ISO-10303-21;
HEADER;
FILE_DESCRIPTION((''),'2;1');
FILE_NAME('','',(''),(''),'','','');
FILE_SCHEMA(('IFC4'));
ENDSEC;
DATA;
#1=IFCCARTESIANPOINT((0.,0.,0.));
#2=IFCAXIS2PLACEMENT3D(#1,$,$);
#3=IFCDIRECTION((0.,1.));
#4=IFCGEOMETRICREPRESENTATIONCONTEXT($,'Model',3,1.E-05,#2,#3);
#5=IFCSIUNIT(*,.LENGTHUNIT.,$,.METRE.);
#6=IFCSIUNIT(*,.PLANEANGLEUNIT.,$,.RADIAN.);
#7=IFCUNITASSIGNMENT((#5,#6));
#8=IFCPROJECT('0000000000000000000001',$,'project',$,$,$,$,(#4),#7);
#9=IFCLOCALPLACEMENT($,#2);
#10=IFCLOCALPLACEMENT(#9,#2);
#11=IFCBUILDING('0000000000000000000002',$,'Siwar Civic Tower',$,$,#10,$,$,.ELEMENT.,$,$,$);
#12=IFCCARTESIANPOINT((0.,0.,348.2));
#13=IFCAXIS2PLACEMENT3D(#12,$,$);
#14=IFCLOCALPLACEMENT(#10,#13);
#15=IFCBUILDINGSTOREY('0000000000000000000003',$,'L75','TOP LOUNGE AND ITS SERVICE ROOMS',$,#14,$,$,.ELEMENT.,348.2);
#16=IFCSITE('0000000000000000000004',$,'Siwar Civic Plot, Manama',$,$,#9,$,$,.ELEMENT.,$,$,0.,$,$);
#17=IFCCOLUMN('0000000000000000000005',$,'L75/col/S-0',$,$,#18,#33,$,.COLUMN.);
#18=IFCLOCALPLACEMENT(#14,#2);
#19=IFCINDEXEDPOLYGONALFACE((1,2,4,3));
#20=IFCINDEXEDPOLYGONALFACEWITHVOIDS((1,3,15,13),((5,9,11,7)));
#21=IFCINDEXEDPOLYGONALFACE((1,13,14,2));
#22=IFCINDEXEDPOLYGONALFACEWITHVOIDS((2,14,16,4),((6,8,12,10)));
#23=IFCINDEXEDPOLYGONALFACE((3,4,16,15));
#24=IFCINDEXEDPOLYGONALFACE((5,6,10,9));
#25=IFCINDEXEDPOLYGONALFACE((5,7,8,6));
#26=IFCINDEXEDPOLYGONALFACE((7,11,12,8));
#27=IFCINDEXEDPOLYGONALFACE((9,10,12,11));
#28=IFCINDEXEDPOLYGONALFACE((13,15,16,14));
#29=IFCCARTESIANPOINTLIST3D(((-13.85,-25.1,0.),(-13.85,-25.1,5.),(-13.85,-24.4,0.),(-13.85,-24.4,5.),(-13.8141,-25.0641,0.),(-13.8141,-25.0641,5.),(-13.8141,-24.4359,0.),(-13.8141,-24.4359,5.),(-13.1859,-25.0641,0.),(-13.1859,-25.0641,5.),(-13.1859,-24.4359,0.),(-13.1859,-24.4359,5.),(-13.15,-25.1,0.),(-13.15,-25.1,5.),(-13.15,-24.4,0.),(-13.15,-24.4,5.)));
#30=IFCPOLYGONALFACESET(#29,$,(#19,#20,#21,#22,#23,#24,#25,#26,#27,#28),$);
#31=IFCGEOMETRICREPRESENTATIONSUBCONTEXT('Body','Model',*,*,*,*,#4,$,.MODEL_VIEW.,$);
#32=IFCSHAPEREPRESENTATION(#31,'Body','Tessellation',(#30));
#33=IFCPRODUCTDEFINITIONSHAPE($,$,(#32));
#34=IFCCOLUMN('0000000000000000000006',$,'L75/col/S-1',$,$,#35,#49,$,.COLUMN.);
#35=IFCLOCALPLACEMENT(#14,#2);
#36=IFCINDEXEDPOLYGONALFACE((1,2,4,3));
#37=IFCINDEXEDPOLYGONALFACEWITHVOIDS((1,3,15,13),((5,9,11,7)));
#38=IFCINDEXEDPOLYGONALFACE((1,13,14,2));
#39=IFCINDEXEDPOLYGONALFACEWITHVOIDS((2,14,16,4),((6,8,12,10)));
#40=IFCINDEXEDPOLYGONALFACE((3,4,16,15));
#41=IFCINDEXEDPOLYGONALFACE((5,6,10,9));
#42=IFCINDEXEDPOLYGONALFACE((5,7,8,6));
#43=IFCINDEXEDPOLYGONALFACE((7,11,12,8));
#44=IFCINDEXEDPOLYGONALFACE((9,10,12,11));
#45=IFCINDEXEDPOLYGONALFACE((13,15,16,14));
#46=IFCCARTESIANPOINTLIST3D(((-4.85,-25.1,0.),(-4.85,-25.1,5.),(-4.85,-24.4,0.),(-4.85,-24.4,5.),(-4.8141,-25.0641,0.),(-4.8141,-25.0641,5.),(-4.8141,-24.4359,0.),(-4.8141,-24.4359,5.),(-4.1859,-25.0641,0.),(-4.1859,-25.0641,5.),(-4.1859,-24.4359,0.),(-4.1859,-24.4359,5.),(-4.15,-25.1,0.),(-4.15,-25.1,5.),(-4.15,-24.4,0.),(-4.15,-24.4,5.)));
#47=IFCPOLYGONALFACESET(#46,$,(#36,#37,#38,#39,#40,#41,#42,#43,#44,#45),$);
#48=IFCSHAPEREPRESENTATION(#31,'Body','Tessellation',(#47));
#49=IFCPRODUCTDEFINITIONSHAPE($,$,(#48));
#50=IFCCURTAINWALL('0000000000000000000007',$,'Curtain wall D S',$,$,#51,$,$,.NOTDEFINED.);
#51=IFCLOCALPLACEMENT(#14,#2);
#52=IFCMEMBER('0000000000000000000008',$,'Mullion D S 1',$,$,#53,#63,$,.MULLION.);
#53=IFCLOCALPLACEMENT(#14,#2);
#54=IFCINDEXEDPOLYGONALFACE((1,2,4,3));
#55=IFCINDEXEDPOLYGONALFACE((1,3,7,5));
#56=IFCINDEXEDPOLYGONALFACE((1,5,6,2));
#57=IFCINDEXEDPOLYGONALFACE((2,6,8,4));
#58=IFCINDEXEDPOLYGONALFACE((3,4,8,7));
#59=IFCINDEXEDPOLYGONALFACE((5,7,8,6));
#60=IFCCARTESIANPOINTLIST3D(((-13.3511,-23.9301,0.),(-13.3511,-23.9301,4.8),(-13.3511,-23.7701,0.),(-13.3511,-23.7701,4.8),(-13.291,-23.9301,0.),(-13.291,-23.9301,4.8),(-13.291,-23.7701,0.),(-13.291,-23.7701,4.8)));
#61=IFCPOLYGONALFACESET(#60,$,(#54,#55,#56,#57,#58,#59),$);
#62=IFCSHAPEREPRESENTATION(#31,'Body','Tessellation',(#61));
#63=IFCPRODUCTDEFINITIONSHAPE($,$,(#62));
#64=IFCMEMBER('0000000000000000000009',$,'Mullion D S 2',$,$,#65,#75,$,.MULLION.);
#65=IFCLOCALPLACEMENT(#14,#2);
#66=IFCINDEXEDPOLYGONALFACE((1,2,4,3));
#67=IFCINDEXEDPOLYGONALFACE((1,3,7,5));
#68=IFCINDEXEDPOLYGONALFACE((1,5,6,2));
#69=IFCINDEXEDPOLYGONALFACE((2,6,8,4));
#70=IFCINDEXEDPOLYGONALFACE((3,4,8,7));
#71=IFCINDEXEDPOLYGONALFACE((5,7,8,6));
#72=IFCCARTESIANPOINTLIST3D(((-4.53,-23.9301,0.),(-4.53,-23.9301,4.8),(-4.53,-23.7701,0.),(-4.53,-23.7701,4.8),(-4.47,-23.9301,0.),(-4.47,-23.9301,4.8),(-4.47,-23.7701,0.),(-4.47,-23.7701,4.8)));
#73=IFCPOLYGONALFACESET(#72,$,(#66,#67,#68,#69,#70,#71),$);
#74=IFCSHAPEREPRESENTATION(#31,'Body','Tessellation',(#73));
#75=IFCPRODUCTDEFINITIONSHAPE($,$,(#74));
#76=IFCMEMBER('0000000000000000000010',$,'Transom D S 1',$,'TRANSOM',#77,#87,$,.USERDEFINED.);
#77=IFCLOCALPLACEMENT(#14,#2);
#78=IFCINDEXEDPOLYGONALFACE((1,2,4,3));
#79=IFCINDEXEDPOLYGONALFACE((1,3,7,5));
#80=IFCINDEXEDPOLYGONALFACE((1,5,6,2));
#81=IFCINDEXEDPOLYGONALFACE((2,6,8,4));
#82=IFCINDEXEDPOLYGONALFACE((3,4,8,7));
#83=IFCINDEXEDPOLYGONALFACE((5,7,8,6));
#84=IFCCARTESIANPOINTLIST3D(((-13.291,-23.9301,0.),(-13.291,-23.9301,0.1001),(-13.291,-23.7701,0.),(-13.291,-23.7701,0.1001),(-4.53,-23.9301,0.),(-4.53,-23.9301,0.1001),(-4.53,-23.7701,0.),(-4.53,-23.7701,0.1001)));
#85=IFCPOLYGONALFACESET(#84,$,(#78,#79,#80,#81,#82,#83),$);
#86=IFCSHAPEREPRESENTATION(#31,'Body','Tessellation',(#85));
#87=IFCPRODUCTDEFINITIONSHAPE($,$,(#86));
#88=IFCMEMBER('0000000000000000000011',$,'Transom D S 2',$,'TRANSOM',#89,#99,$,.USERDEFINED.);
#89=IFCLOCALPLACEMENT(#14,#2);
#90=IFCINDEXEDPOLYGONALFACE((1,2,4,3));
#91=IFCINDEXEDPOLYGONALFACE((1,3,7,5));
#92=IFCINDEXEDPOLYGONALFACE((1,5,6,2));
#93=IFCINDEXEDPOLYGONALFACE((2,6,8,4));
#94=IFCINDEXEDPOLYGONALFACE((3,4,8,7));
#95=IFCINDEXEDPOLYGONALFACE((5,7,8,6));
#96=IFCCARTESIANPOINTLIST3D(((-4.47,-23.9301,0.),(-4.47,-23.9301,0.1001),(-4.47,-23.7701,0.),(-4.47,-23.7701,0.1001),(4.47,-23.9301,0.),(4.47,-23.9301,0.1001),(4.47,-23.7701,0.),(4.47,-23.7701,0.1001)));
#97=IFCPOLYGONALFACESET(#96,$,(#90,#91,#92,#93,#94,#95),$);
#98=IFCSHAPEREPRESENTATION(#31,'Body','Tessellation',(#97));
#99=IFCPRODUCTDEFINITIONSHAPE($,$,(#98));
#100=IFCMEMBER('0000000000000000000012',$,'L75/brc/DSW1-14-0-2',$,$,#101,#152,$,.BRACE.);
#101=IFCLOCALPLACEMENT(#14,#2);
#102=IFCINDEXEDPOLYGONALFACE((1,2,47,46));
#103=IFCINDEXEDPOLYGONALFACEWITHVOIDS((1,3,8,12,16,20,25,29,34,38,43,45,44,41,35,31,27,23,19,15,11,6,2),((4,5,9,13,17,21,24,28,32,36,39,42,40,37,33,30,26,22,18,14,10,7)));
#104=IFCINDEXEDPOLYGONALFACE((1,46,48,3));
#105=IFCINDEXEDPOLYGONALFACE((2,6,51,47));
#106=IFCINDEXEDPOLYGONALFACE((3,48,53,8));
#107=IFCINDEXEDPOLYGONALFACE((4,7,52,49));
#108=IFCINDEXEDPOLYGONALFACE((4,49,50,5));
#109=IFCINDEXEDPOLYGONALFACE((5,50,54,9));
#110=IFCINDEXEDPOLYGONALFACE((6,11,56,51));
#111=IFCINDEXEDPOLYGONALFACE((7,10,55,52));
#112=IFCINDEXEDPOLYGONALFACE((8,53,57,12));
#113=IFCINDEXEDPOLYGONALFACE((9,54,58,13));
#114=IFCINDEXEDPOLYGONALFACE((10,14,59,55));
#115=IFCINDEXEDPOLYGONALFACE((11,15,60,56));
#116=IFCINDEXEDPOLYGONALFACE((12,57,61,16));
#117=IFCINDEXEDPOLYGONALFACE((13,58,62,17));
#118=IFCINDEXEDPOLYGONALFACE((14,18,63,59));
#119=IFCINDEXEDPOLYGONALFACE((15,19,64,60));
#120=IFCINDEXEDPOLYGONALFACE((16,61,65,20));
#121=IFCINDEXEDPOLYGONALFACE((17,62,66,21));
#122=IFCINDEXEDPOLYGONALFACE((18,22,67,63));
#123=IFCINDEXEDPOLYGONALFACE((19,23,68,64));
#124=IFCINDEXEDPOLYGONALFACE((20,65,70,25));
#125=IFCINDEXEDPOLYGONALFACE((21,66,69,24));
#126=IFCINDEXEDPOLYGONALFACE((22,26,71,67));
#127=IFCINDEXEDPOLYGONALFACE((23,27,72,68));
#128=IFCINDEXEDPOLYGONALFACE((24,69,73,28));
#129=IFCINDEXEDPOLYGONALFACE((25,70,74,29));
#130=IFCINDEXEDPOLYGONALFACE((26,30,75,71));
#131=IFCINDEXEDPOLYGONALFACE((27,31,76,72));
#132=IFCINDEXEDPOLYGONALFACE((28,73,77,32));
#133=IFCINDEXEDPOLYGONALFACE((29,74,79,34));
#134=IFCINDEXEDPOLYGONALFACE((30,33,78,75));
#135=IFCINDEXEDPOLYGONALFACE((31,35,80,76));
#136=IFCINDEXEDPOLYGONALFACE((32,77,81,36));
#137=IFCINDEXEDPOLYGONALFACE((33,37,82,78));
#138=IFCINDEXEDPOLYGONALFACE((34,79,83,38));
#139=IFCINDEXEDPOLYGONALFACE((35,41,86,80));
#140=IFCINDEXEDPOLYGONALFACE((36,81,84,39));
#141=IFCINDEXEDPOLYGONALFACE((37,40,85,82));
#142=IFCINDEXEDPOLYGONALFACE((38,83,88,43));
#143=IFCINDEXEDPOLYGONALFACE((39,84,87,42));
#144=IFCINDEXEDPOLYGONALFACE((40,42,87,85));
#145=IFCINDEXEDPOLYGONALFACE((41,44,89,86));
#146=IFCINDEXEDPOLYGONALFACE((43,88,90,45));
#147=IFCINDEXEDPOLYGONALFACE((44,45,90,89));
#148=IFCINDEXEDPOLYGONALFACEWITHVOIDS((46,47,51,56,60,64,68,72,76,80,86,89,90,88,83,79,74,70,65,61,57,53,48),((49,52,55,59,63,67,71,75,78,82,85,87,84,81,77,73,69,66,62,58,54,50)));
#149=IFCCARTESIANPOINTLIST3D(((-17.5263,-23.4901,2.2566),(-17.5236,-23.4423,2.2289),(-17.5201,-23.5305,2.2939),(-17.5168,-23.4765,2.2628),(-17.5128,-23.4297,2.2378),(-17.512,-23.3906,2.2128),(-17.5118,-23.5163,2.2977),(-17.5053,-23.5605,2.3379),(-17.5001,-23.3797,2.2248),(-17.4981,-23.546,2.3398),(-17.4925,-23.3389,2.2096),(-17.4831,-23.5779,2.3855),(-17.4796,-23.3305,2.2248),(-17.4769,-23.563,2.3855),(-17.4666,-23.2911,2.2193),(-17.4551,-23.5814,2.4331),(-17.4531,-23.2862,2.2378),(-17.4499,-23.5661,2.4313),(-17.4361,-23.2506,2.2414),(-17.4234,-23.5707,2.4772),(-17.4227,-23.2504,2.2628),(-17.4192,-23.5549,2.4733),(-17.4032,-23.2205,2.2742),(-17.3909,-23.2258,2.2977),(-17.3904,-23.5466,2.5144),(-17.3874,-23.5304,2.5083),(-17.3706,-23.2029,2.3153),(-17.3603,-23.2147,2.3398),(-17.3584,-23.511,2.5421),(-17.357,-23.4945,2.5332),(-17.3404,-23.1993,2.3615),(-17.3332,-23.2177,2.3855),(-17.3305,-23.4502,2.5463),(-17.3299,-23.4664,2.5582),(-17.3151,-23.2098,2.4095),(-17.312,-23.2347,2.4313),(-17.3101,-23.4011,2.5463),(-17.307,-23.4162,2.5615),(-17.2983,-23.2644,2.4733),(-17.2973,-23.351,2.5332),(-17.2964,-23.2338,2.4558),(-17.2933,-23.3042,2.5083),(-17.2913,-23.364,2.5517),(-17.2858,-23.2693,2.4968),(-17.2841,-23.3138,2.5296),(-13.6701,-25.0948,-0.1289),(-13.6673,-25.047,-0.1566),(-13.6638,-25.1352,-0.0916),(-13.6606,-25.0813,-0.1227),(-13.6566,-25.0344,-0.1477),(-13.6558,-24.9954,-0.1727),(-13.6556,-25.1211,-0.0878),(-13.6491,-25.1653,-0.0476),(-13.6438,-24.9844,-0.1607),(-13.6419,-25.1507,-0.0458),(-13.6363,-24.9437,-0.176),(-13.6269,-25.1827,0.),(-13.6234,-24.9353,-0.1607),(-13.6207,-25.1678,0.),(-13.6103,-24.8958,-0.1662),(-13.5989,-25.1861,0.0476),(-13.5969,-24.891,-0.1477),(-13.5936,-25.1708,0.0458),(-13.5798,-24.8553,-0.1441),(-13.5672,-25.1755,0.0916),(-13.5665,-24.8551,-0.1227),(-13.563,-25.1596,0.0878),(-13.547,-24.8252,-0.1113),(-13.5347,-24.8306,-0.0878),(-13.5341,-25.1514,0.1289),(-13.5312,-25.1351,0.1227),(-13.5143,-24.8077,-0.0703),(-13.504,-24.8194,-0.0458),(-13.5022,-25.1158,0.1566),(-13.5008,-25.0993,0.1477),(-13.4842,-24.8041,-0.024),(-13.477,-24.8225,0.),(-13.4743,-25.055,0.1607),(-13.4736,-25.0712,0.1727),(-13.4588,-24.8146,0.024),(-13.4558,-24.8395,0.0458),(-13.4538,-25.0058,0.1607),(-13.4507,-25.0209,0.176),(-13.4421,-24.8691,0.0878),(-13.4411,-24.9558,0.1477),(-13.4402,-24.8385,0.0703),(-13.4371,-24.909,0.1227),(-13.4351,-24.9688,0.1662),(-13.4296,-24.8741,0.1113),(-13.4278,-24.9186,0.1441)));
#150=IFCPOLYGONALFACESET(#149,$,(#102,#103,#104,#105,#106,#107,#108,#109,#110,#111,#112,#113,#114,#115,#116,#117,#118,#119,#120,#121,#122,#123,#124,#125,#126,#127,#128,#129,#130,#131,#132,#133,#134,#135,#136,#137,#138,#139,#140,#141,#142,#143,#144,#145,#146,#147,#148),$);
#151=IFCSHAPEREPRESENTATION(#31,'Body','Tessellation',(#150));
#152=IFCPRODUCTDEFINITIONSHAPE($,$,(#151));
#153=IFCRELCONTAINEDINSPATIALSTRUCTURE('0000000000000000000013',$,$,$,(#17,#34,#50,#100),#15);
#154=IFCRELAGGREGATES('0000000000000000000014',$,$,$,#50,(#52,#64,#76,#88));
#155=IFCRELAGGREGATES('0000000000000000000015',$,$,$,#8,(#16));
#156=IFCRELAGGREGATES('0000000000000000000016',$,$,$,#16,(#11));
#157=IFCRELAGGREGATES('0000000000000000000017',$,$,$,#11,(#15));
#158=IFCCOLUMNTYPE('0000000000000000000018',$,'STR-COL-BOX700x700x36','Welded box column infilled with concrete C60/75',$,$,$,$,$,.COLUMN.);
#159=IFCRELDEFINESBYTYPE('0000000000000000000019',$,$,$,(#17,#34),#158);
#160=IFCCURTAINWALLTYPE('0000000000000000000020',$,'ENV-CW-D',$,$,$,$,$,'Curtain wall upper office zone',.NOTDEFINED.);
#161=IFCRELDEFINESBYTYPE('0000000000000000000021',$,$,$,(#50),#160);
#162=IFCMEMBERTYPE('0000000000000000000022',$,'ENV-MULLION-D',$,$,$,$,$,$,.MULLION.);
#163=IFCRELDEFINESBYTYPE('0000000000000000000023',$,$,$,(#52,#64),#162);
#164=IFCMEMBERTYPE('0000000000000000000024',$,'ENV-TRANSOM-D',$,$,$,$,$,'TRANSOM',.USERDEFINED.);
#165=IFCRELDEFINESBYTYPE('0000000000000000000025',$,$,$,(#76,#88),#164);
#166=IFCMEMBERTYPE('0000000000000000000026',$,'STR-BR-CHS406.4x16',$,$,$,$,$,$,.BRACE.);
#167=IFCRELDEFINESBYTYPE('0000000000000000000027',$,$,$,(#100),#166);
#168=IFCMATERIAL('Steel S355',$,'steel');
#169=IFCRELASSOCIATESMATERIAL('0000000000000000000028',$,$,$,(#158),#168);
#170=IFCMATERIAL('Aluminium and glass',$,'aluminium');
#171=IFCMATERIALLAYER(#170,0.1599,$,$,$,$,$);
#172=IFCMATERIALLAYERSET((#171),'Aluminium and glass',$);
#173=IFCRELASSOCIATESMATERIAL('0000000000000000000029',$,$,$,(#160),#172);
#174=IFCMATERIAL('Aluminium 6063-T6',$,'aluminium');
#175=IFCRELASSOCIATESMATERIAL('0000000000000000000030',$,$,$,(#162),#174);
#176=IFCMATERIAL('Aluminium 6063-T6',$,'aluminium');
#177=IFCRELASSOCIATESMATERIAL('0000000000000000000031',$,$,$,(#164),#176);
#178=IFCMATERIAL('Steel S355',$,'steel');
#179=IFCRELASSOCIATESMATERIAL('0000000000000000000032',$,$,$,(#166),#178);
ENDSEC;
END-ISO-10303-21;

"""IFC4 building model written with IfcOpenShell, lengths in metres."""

from ifc_helpers import new_model, si_unit, direction, frame, origin, origin_2d, place, context, subcontext, project, spatial, rectangle, hollow_rectangle, hollow_circle, extrude, material, layer, layer_set, material_profile, profile_set, type_object, element, aggregate, save


model = new_model("IFC4")

# Units and contexts
model_context = context("Model", 3, precision=1e-05, world=origin(), true_north=direction((0.0, 1.0)))
body_context = subcontext(model_context, "Body", "Model", "MODEL_VIEW")
ifc_project = project(units=[si_unit("LENGTHUNIT", "METRE"), si_unit("PLANEANGLEUNIT", "RADIAN")], contexts=[model_context])

# Site, building, storey
site_placement = place(None, origin())
site = spatial("IfcSite", under=ifc_project, at=site_placement, Name="Siwar Civic Plot, Manama", CompositionType="ELEMENT", RefElevation=0.0)
building_placement = place(site_placement, origin())
building = spatial("IfcBuilding", under=site, at=building_placement, Name="Siwar Civic Tower", CompositionType="ELEMENT")
storey_placement = place(building_placement, frame((0.0, 0.0, 348.2)))
storey = spatial("IfcBuildingStorey", under=building, at=storey_placement, Name="L75", Description="TOP LOUNGE AND ITS SERVICE ROOMS", CompositionType="ELEMENT", Elevation=348.2)

# Columns
ifc_material_1 = material(Name="Steel S355", Category="steel")
ifc_material_profile_1 = material_profile(ifc_material_1, hollow_rectangle(XDim=0.7, YDim=0.7, WallThickness=0.0359, at=origin_2d()), Name="BOX700x700x36")
ifc_profile_set_1 = profile_set([ifc_material_profile_1], Name="Steel S355")
column_type = type_object("IfcColumnType", Name="STR-COL-BOX700x700x36", Description="Welded box column infilled with concrete C60/75", PredefinedType="COLUMN", material=ifc_profile_set_1)
for number, where, z_axis, x_axis, name in (
    (1, (-13.5, -24.75, 0.0), (0.0, 0.0, 1.0), (1.0, 0.0, 0.0), "L75/col/S-0"),
    (2, (-4.5, -24.75, 0.0), (0.0, 0.0, 1.0), (1.0, 0.0, 0.0), "L75/col/S-1"),
):
    element("IfcColumn", number, at=place(storey_placement, frame(where, z_axis=z_axis, x_axis=x_axis)), inside=storey, type_object=column_type, Name=name, PredefinedType="COLUMN", context=body_context, shape_type="SweptSolid", body=[
        extrude(hollow_rectangle(XDim=0.7, YDim=0.7, WallThickness=0.0359, at=origin_2d()), origin(), (0.0, 0.0, 1.0), 5.0),
    ])

# Curtain wall, members
ifc_material_2 = material(Name="Aluminium and glass", Category="aluminium")
ifc_layer_1 = layer(ifc_material_2, 0.1599)
ifc_layer_set_1 = layer_set([ifc_layer_1], Name="Aluminium and glass")
curtain_wall_type = type_object("IfcCurtainWallType", Name="ENV-CW-D", ElementType="Curtain wall upper office zone", PredefinedType="NOTDEFINED", material=ifc_layer_set_1)
curtain_wall_placement = place(storey_placement, origin())
curtain_wall = element("IfcCurtainWall", 3, at=curtain_wall_placement, inside=storey, type_object=curtain_wall_type, Name="Curtain wall D S", PredefinedType="NOTDEFINED")
ifc_material_3 = material(Name="Aluminium 6063-T6", Category="aluminium")
ifc_material_profile_2 = material_profile(ifc_material_3, rectangle(XDim=0.1599, YDim=0.0601, at=origin_2d()), Name="AL 160x60")
ifc_profile_set_2 = profile_set([ifc_material_profile_2], Name="Aluminium 6063-T6")
member_type_1 = type_object("IfcMemberType", Name="ENV-MULLION-D", PredefinedType="MULLION", material=ifc_profile_set_2)
member_1_placement = place(storey_placement, frame((-13.321, -23.8501, 0.0), z_axis=(0.0, 0.0, 1.0), x_axis=(0.0, 1.0, 0.0)))
member_1 = element("IfcMember", 4, at=member_1_placement, type_object=member_type_1, Name="Mullion D S 1", PredefinedType="MULLION", context=body_context, shape_type="SweptSolid", body=[
    extrude(rectangle(XDim=0.1599, YDim=0.0601, at=origin_2d()), origin(), (0.0, 0.0, 1.0), 4.8),
])
member_2_placement = place(storey_placement, frame((-4.5, -23.8501, 0.0), z_axis=(0.0, 0.0, 1.0), x_axis=(0.0, 1.0, 0.0)))
member_2 = element("IfcMember", 5, at=member_2_placement, type_object=member_type_1, Name="Mullion D S 2", PredefinedType="MULLION", context=body_context, shape_type="SweptSolid", body=[
    extrude(rectangle(XDim=0.1599, YDim=0.0601, at=origin_2d()), origin(), (0.0, 0.0, 1.0), 4.8),
])
ifc_material_4 = material(Name="Aluminium 6063-T6", Category="aluminium")
ifc_material_profile_3 = material_profile(ifc_material_4, rectangle(XDim=0.1599, YDim=0.1001, at=origin_2d()), Name="AL 160x100")
ifc_profile_set_3 = profile_set([ifc_material_profile_3], Name="Aluminium 6063-T6")
member_type_2 = type_object("IfcMemberType", Name="ENV-TRANSOM-D", ElementType="TRANSOM", PredefinedType="USERDEFINED", material=ifc_profile_set_3)
member_3_placement = place(storey_placement, frame((-13.291, -23.8501, 0.05), z_axis=(1.0, 0.0, 0.0), x_axis=(0.0, 1.0, 0.0)))
member_3 = element("IfcMember", 6, at=member_3_placement, type_object=member_type_2, Name="Transom D S 1", ObjectType="TRANSOM", PredefinedType="USERDEFINED", context=body_context, shape_type="SweptSolid", body=[
    extrude(rectangle(XDim=0.1599, YDim=0.1001, at=origin_2d()), origin(), (0.0, 0.0, 1.0), 8.761),
])
member_4_placement = place(storey_placement, frame((-4.47, -23.8501, 0.05), z_axis=(1.0, 0.0, 0.0), x_axis=(0.0, 1.0, 0.0)))
member_4 = element("IfcMember", 7, at=member_4_placement, type_object=member_type_2, Name="Transom D S 2", ObjectType="TRANSOM", PredefinedType="USERDEFINED", context=body_context, shape_type="SweptSolid", body=[
    extrude(rectangle(XDim=0.1599, YDim=0.1001, at=origin_2d()), origin(), (0.0, 0.0, 1.0), 8.9399),
])

# Member
ifc_material_5 = material(Name="Steel S355", Category="steel")
ifc_material_profile_4 = material_profile(ifc_material_5, hollow_circle(Radius=0.2031, WallThickness=0.0161, at=origin_2d()), Name="CHS406.4x16")
ifc_profile_set_4 = profile_set([ifc_material_profile_4], Name="Steel S355")
member_type_3 = type_object("IfcMemberType", Name="STR-BR-CHS406.4x16", PredefinedType="BRACE", material=ifc_profile_set_4)
member_5_placement = place(storey_placement, frame((-13.5488, -24.9951, 0.0), z_axis=(-0.801706, 0.333625, 0.495946), x_axis=(-0.384204, -0.923248, 0.0)))
element("IfcMember", 8, at=member_5_placement, inside=storey, type_object=member_type_3, Name="L75/brc/DSW1-14-0-2", PredefinedType="BRACE", context=body_context, shape_type="SweptSolid", body=[
    extrude(hollow_circle(Radius=0.2031, WallThickness=0.0161, at=origin_2d()), origin(), (0.0, 0.0, 1.0), 4.8101),
])

aggregate(curtain_wall, [member_1, member_2, member_3, member_4])

save(model, "model.ifc")
